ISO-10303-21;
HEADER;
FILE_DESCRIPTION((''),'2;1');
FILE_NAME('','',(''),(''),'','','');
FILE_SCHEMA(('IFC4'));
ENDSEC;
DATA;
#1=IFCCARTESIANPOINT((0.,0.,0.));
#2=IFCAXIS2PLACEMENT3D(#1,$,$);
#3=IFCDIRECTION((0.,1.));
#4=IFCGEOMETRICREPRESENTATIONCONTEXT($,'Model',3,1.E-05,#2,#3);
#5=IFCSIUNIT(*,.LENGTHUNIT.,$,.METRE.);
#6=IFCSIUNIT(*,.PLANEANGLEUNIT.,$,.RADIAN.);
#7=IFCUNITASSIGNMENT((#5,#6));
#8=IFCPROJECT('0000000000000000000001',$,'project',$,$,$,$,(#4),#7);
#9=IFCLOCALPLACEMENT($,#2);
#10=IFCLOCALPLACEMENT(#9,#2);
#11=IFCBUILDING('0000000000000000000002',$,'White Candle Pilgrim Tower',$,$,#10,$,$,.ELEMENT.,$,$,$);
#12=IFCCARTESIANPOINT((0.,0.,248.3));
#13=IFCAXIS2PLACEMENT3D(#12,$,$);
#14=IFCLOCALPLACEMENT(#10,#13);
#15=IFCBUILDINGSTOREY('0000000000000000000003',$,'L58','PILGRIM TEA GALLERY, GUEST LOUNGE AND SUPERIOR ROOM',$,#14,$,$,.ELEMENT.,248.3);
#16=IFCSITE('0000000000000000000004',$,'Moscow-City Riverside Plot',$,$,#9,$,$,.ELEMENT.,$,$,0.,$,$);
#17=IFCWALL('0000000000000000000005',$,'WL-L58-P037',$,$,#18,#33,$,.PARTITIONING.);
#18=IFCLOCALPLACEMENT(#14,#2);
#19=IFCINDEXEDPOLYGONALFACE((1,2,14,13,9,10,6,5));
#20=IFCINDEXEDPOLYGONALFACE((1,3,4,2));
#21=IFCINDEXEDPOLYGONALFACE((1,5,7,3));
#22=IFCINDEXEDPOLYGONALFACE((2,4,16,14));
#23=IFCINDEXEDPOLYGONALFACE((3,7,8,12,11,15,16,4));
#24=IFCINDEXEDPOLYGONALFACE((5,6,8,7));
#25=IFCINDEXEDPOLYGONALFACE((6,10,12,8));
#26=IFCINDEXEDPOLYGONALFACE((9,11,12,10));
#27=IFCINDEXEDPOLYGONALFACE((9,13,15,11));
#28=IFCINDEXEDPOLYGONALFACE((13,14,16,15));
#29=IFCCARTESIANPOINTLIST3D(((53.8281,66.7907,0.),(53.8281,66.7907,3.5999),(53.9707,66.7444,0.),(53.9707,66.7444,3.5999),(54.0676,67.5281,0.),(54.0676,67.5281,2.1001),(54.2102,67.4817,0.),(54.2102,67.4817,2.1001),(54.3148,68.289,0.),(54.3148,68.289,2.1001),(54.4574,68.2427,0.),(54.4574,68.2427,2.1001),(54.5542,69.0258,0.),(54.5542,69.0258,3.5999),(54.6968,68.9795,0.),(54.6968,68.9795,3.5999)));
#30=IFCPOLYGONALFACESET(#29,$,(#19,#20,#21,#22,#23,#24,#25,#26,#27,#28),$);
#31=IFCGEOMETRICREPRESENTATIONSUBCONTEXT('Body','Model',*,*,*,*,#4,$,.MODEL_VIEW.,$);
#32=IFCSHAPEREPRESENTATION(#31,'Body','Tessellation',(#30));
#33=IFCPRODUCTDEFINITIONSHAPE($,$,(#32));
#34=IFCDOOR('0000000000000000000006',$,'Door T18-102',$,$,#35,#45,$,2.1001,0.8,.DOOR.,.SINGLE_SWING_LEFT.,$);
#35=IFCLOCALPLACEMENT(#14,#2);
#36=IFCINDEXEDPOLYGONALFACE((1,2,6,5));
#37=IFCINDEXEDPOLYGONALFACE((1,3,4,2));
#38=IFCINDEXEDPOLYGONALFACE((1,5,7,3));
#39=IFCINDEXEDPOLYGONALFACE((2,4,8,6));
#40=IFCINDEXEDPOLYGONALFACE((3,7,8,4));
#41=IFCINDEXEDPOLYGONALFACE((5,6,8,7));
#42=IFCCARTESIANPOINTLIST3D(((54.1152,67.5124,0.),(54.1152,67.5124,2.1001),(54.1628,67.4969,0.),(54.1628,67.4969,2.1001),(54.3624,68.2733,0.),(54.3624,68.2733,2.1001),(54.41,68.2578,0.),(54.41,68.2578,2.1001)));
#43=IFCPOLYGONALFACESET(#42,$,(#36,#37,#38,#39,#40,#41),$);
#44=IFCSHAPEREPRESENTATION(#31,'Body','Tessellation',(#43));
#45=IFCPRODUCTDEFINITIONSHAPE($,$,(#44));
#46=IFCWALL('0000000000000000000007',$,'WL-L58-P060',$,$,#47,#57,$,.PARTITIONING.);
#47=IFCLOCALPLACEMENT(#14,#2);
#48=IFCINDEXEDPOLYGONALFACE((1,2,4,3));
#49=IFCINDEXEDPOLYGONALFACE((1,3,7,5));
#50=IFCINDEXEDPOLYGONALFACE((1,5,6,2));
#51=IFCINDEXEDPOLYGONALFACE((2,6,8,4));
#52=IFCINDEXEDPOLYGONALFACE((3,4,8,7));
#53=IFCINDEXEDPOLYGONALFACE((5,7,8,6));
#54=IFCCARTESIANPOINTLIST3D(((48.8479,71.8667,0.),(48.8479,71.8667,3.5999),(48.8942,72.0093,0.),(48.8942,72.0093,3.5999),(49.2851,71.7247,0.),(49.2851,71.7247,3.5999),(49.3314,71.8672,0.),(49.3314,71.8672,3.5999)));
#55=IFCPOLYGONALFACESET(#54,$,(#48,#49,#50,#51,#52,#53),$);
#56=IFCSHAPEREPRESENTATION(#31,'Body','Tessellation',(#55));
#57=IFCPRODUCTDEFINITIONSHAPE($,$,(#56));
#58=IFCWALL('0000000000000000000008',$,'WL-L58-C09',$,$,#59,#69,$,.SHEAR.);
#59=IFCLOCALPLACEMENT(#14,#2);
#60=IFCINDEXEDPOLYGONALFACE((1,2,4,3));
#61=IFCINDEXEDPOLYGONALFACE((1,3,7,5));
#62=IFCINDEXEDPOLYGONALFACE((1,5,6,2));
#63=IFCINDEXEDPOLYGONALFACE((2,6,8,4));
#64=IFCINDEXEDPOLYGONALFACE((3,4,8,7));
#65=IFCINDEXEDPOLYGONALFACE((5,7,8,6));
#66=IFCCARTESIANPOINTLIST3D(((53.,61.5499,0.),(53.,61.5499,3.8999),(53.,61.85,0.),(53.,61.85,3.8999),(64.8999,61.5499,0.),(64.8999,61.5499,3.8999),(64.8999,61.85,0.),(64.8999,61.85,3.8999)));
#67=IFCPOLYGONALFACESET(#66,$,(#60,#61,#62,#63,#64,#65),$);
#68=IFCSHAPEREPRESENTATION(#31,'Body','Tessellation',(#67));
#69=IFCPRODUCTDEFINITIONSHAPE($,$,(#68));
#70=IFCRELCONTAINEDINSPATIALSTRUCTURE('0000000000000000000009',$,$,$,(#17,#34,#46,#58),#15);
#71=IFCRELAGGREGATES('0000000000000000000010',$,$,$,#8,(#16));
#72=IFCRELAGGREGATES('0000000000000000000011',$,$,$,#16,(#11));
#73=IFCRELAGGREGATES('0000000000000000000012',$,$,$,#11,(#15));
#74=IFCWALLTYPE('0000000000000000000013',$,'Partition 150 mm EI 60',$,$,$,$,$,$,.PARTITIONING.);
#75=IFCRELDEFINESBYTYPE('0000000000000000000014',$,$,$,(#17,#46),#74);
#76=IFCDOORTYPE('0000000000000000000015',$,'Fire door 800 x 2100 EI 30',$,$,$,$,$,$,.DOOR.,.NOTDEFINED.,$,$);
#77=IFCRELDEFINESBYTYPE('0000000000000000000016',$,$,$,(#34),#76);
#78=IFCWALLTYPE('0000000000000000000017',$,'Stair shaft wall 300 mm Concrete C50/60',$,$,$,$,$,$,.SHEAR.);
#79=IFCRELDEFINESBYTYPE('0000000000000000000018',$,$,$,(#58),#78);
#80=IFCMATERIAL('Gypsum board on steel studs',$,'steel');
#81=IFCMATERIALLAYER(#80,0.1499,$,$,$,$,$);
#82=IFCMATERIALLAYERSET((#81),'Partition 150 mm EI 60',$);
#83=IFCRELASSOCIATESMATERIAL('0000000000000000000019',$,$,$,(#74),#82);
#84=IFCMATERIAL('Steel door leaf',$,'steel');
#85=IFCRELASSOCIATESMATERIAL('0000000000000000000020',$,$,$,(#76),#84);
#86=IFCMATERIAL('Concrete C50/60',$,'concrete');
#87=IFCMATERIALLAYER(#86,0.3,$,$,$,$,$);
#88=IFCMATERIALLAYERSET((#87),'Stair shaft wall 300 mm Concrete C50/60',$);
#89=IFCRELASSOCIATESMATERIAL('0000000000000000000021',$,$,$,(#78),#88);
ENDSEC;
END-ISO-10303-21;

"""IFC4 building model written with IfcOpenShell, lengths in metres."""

from ifc_helpers import new_model, si_unit, direction, frame, frame_2d, origin, place, context, subcontext, project, spatial, rectangle, extrude, material, layer, layer_set, type_object, element, fill, save


model = new_model("IFC4")

# Units and contexts
model_context = context("Model", 3, precision=1e-05, world=origin(), true_north=direction((0.0, 1.0)))
body_context = subcontext(model_context, "Body", "Model", "MODEL_VIEW")
ifc_project = project(units=[si_unit("LENGTHUNIT", "METRE"), si_unit("PLANEANGLEUNIT", "RADIAN")], contexts=[model_context])

# Site, building, storey
site_placement = place(None, origin())
site = spatial("IfcSite", under=ifc_project, at=site_placement, Name="Moscow-City Riverside Plot", CompositionType="ELEMENT", RefElevation=0.0)
building_placement = place(site_placement, origin())
building = spatial("IfcBuilding", under=site, at=building_placement, Name="White Candle Pilgrim Tower", CompositionType="ELEMENT")
storey_placement = place(building_placement, frame((0.0, 0.0, 248.3)))
storey = spatial("IfcBuildingStorey", under=building, at=storey_placement, Name="L58", Description="PILGRIM TEA GALLERY, GUEST LOUNGE AND SUPERIOR ROOM", CompositionType="ELEMENT", Elevation=248.3)

# Shared definitions
ifc_material_1 = material(Name="Concrete C50/60", Category="concrete")

# Shared definitions
ifc_material_2 = material(Name="Gypsum board on steel studs", Category="steel")
ifc_material_3 = material(Name="Steel door leaf", Category="steel")

# Shared definitions
ifc_layer_1 = layer(ifc_material_2, 0.1499)
ifc_layer_set_1 = layer_set([ifc_layer_1], Name="Partition 150 mm EI 60")
wall_type_1 = type_object("IfcWallType", Name="Partition 150 mm EI 60", PredefinedType="PARTITIONING", material=ifc_layer_set_1)

# Shared definitions
door_type_1 = type_object("IfcDoorType", Name="Fire door 800 x 2100 EI 30", OperationType="NOTDEFINED", PredefinedType="DOOR", material=ifc_material_3)

# Wall, opening, door
wall_1_placement = place(storey_placement, frame((54.6255, 69.0027, 0.0), z_axis=(0.0, 0.0, 1.0), x_axis=(-0.308957, -0.951076, 0.0)))
wall_1 = element("IfcWall", 1, at=wall_1_placement, inside=storey, type_object=wall_type_1, Name="WL-L58-P037", PredefinedType="PARTITIONING", context=body_context, shape_type="SweptSolid", body=[
    extrude(rectangle(XDim=2.3501, YDim=0.1499, at=frame_2d((1.175, 0.0))), origin(), (0.0, 0.0, 1.0), 3.5999),
])
opening_1_placement = place(wall_1_placement, frame((0.7749, 0.0, 0.0)))
opening_1 = element("IfcOpeningElement", 2, at=opening_1_placement, cuts=wall_1, PredefinedType="OPENING", context=body_context, shape_type="SweptSolid", body=[
    extrude(rectangle(XDim=0.8, YDim=2.1001, at=frame_2d((0.3999, 1.05))), frame((0.0, 0.085, 0.0), z_axis=(0.0, -1.0, 0.0), x_axis=(1.0, 0.0, 0.0)), (0.0, 0.0, 1.0), 0.1699),
])
door_1_placement = place(opening_1_placement, frame((0.8, 0.0, 0.0), z_axis=(0.0, 0.0, 1.0), x_axis=(-1.0, 0.0, 0.0)))
door_1 = element("IfcDoor", 3, at=door_1_placement, inside=storey, type_object=door_type_1, Name="Door T18-102", OperationType="SINGLE_SWING_LEFT", OverallHeight=2.1001, OverallWidth=0.8, PredefinedType="DOOR", context=body_context, shape_type="SweptSolid", body=[
    extrude(rectangle(XDim=0.8, YDim=2.1001, at=frame_2d((0.3999, 1.05))), frame((0.0, 0.0249, 0.0), z_axis=(0.0, -1.0, 0.0), x_axis=(1.0, 0.0, 0.0)), (0.0, 0.0, 1.0), 0.05),
])
fill(opening_1, door_1)

# Walls
wall_2_placement = place(storey_placement, frame((49.3083, 71.7959, 0.0), z_axis=(0.0, 0.0, 1.0), x_axis=(-0.951046, 0.30905, 0.0)))
element("IfcWall", 4, at=wall_2_placement, inside=storey, type_object=wall_type_1, Name="WL-L58-P060", PredefinedType="PARTITIONING", context=body_context, shape_type="SweptSolid", body=[
    extrude(rectangle(XDim=0.4597, YDim=0.1499, at=frame_2d((0.23, 0.0))), origin(), (0.0, 0.0, 1.0), 3.5999),
])
ifc_layer_2 = layer(ifc_material_1, 0.3)
ifc_layer_set_2 = layer_set([ifc_layer_2], Name="Stair shaft wall 300 mm Concrete C50/60")
wall_type_2 = type_object("IfcWallType", Name="Stair shaft wall 300 mm Concrete C50/60", PredefinedType="SHEAR", material=ifc_layer_set_2)
wall_3_placement = place(storey_placement, frame((53.0, 61.7, 0.0), z_axis=(0.0, 0.0, 1.0), x_axis=(1.0, 0.0, 0.0)))
element("IfcWall", 5, at=wall_3_placement, inside=storey, type_object=wall_type_2, Name="WL-L58-C09", PredefinedType="SHEAR", context=body_context, shape_type="SweptSolid", body=[
    extrude(rectangle(XDim=11.8999, YDim=0.3, at=frame_2d((5.95, 0.0))), origin(), (0.0, 0.0, 1.0), 3.8999),
])

save(model, "model.ifc")
